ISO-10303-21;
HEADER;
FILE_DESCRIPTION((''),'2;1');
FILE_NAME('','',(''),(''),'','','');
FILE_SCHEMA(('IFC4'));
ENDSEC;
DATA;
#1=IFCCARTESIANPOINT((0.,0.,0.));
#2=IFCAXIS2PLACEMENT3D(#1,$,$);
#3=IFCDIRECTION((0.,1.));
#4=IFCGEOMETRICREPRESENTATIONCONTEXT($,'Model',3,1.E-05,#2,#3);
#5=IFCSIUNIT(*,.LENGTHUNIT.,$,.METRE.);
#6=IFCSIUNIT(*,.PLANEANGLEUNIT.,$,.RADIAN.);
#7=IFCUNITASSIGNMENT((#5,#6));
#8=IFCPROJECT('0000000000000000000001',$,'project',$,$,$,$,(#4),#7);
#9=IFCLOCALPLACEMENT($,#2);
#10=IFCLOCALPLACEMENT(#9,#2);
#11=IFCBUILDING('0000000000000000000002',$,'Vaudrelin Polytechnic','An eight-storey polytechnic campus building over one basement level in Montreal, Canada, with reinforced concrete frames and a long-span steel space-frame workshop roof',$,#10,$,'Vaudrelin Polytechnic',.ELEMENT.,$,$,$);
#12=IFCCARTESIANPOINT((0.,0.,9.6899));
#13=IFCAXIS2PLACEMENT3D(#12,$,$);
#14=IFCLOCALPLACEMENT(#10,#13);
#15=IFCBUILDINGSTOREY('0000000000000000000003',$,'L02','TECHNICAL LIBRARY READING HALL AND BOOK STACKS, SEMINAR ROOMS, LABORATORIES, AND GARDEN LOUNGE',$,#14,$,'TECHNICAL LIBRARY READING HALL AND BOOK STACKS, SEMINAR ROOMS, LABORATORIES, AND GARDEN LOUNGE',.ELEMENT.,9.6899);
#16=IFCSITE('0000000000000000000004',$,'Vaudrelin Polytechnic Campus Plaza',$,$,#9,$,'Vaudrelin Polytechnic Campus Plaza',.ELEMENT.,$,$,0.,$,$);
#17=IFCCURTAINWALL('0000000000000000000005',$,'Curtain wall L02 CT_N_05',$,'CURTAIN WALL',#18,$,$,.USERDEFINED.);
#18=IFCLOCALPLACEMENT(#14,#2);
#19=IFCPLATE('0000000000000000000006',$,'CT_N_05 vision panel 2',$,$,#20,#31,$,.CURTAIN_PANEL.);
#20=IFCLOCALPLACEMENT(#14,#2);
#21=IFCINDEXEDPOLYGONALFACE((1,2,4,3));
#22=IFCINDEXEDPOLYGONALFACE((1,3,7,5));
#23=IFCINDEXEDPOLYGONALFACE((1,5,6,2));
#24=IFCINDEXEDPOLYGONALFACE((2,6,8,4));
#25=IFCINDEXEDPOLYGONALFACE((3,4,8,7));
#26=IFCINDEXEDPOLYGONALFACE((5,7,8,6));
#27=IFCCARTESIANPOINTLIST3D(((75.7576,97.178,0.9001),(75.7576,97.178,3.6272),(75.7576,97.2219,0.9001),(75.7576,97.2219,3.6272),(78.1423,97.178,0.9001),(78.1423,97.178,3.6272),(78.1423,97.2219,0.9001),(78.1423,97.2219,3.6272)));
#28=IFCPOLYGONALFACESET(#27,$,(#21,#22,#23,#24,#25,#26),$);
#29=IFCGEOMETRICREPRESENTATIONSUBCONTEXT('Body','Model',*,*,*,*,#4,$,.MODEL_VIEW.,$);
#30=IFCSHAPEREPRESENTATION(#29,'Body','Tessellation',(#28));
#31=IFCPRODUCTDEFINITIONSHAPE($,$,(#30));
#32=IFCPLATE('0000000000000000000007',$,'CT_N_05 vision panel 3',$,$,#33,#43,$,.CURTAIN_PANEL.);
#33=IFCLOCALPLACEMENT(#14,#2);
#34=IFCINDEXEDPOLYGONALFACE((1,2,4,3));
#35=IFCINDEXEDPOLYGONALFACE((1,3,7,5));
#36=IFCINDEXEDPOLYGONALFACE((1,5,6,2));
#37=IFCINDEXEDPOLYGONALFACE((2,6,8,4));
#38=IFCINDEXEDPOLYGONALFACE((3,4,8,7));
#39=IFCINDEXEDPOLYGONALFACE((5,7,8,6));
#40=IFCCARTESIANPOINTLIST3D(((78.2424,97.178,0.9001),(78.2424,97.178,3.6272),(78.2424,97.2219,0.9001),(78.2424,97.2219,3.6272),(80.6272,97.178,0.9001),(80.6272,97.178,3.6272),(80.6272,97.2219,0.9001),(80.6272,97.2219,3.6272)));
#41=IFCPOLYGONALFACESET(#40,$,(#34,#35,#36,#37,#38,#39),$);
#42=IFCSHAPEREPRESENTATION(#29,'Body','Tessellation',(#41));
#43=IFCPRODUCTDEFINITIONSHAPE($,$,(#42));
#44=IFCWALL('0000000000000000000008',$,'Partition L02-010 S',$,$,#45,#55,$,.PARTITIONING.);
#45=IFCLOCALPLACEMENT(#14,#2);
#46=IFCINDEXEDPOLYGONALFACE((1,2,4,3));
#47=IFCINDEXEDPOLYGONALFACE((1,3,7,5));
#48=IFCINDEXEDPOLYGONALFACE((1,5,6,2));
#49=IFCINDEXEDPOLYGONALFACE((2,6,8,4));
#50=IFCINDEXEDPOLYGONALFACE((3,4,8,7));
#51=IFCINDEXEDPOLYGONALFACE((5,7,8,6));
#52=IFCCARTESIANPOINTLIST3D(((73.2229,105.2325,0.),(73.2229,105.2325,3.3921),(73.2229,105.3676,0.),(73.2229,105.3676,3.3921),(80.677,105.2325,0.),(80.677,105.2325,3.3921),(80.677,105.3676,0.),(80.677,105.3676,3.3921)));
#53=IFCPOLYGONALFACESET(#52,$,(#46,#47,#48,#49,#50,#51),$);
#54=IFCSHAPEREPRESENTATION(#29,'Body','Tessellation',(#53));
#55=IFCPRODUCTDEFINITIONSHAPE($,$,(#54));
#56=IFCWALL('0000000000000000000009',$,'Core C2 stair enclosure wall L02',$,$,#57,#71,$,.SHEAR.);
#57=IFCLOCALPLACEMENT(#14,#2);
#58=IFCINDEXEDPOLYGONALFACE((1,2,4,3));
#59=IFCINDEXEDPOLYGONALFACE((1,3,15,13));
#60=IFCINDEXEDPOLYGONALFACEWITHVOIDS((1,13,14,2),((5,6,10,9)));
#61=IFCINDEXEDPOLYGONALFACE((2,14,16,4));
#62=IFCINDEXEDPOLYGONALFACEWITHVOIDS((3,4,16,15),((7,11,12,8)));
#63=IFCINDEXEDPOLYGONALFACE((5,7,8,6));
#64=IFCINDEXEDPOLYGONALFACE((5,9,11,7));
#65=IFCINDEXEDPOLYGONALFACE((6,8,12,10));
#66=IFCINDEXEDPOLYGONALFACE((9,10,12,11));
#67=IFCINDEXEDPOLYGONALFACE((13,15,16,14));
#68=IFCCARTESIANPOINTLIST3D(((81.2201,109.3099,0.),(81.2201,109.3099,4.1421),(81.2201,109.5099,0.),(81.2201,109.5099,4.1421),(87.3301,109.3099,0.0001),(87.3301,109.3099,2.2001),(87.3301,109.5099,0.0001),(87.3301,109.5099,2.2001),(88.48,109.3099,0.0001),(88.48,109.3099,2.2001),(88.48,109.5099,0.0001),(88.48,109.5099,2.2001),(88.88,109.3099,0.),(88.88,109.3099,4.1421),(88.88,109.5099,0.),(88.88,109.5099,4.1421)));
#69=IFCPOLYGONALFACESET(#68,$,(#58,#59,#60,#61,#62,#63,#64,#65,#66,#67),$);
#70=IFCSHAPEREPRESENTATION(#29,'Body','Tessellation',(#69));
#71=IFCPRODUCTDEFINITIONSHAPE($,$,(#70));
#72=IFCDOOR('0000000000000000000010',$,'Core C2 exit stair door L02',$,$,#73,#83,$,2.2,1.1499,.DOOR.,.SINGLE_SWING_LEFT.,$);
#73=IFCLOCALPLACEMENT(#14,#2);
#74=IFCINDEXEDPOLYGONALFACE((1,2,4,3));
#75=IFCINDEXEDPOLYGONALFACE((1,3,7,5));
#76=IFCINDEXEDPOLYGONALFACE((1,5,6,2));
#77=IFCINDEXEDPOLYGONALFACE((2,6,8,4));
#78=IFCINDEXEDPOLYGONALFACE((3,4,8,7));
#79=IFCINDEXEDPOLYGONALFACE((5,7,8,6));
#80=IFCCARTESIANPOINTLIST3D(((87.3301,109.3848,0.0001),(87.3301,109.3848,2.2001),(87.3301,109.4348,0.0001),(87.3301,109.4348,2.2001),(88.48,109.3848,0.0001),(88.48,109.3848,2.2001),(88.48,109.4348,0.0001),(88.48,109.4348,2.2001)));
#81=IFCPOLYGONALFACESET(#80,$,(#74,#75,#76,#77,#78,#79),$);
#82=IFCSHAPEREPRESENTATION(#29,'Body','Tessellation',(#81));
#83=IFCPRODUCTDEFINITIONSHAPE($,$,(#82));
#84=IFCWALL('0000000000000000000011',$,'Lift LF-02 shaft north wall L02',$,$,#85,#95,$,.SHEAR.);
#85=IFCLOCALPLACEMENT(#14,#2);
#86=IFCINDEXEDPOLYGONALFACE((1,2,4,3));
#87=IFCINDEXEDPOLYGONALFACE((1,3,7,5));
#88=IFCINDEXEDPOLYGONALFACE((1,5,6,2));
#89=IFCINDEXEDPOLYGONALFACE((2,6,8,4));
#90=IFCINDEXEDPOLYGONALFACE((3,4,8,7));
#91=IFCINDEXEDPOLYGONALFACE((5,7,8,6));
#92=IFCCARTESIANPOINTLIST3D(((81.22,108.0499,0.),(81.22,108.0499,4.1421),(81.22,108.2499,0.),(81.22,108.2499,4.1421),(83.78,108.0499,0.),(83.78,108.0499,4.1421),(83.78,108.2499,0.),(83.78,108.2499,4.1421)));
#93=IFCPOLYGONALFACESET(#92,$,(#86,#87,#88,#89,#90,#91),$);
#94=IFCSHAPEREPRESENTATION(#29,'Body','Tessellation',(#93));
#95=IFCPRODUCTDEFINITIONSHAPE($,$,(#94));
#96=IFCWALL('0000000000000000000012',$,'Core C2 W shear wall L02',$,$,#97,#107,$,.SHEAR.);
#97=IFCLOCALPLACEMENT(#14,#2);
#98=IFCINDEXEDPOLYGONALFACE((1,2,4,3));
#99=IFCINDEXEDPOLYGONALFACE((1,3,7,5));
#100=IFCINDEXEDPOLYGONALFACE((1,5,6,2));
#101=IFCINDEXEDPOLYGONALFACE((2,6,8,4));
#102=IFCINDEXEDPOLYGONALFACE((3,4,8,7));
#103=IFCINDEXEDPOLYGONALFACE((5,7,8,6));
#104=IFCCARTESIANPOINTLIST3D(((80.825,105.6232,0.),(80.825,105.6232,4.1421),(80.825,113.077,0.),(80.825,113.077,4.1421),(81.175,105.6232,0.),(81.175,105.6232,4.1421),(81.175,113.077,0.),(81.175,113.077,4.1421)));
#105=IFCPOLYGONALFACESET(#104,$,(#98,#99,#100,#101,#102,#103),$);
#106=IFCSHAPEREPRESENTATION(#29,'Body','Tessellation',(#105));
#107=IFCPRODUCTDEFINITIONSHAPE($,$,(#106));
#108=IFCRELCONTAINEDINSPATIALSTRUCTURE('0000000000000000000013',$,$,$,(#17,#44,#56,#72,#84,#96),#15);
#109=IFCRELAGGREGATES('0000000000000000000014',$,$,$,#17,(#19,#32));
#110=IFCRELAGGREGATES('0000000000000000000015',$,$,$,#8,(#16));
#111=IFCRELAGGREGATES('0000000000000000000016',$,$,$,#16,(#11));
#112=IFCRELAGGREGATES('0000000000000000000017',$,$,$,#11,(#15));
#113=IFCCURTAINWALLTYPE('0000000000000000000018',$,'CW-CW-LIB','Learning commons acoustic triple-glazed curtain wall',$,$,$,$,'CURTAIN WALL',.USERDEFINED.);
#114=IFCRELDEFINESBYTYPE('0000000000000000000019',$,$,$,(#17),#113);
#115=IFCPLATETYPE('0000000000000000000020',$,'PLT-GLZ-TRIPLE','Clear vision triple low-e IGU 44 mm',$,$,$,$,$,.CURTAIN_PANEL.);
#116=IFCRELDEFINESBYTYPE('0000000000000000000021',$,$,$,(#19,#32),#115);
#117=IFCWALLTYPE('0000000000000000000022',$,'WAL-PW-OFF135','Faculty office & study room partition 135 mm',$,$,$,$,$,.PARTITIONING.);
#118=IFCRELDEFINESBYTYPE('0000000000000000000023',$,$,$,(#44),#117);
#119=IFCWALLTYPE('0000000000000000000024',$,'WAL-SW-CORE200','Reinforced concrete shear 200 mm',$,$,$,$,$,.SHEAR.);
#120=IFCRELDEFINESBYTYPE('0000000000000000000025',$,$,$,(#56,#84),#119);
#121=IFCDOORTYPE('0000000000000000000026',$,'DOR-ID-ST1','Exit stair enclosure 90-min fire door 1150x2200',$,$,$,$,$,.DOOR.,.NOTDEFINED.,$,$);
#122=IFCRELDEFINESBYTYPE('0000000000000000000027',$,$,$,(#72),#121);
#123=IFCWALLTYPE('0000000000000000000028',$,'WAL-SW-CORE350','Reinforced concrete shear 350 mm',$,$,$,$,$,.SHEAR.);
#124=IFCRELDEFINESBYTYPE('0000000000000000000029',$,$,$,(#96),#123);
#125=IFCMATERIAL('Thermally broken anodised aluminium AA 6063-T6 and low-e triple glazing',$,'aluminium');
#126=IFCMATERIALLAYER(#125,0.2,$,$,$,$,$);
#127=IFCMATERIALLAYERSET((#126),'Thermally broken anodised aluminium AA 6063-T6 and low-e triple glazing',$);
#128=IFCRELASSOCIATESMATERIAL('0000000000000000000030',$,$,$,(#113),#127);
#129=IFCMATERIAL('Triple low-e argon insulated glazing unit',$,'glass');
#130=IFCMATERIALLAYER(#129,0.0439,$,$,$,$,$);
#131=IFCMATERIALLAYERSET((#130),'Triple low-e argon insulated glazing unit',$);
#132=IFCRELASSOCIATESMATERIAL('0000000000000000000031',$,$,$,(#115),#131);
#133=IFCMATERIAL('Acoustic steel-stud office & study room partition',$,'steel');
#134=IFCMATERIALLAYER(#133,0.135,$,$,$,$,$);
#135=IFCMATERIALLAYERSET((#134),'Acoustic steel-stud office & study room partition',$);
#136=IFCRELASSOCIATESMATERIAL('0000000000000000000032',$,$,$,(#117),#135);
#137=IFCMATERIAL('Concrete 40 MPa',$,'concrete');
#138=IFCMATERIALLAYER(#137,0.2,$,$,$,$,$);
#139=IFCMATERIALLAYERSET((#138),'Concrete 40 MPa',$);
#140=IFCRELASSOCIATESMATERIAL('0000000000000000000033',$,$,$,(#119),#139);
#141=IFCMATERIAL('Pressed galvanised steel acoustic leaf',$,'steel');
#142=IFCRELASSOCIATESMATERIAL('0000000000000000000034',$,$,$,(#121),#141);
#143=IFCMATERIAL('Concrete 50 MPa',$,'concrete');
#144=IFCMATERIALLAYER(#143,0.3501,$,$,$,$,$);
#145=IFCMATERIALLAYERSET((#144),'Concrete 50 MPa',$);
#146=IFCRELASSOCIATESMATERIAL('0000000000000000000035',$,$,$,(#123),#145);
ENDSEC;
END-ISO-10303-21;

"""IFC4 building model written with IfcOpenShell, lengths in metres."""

from ifc_helpers import new_model, si_unit, direction, frame, frame_2d, origin, origin_2d, place, context, subcontext, project, spatial, rectangle, extrude, material, layer, layer_set, type_object, element, fill, aggregate, save


model = new_model("IFC4")

# Units and contexts
model_context = context("Model", 3, precision=1e-05, world=origin(), true_north=direction((0.0, 1.0)))
body_context = subcontext(model_context, "Body", "Model", "MODEL_VIEW")
ifc_project = project(units=[si_unit("LENGTHUNIT", "METRE"), si_unit("PLANEANGLEUNIT", "RADIAN")], contexts=[model_context])

# Site, building, storey
site_placement = place(None, origin())
site = spatial("IfcSite", under=ifc_project, at=site_placement, Name="Vaudrelin Polytechnic Campus Plaza", LongName="Vaudrelin Polytechnic Campus Plaza", CompositionType="ELEMENT", RefElevation=0.0)
building_placement = place(site_placement, origin())
building = spatial("IfcBuilding", under=site, at=building_placement, Name="Vaudrelin Polytechnic", Description="An eight-storey polytechnic campus building over one basement level in Montreal, Canada, with reinforced concrete frames and a long-span steel space-frame workshop roof", LongName="Vaudrelin Polytechnic", CompositionType="ELEMENT")
storey_placement = place(building_placement, frame((0.0, 0.0, 9.6899)))
storey = spatial("IfcBuildingStorey", under=building, at=storey_placement, Name="L02", Description="TECHNICAL LIBRARY READING HALL AND BOOK STACKS, SEMINAR ROOMS, LABORATORIES, AND GARDEN LOUNGE", LongName="TECHNICAL LIBRARY READING HALL AND BOOK STACKS, SEMINAR ROOMS, LABORATORIES, AND GARDEN LOUNGE", CompositionType="ELEMENT", Elevation=9.6899)

# Shared definitions
ifc_material_1 = material(Name="Concrete 40 MPa", Category="concrete")

# Curtain wall
ifc_material_2 = material(Name="Thermally broken anodised aluminium AA 6063-T6 and low-e triple glazing", Category="aluminium")
ifc_layer_1 = layer(ifc_material_2, 0.2)
ifc_layer_set_1 = layer_set([ifc_layer_1], Name="Thermally broken anodised aluminium AA 6063-T6 and low-e triple glazing")
curtain_wall_type = type_object("IfcCurtainWallType", Name="CW-CW-LIB", Description="Learning commons acoustic triple-glazed curtain wall", ElementType="CURTAIN WALL", PredefinedType="USERDEFINED", material=ifc_layer_set_1)
curtain_wall_1_placement = place(storey_placement, origin())
curtain_wall_1 = element("IfcCurtainWall", 1, at=curtain_wall_1_placement, inside=storey, type_object=curtain_wall_type, Name="Curtain wall L02 CT_N_05", ObjectType="CURTAIN WALL", PredefinedType="USERDEFINED")

# Plates
ifc_material_3 = material(Name="Triple low-e argon insulated glazing unit", Category="glass")
ifc_layer_2 = layer(ifc_material_3, 0.0439)
ifc_layer_set_2 = layer_set([ifc_layer_2], Name="Triple low-e argon insulated glazing unit")
plate_type_1 = type_object("IfcPlateType", Name="PLT-GLZ-TRIPLE", Description="Clear vision triple low-e IGU 44 mm", PredefinedType="CURTAIN_PANEL", material=ifc_layer_set_2)
plate_1_placement = place(storey_placement, frame((76.95, 97.2, 0.9001), z_axis=(0.0, 0.0, 1.0), x_axis=(1.0, 0.0, 0.0)))
plate_1 = element("IfcPlate", 2, at=plate_1_placement, type_object=plate_type_1, Name="CT_N_05 vision panel 2", PredefinedType="CURTAIN_PANEL", context=body_context, shape_type="SweptSolid", body=[
    extrude(rectangle(XDim=2.3848, YDim=0.0439, at=origin_2d()), origin(), (0.0, 0.0, 1.0), 2.7271),
])
plate_2_placement = place(storey_placement, frame((79.4348, 97.2, 0.9001), z_axis=(0.0, 0.0, 1.0), x_axis=(1.0, 0.0, 0.0)))
plate_2 = element("IfcPlate", 3, at=plate_2_placement, type_object=plate_type_1, Name="CT_N_05 vision panel 3", PredefinedType="CURTAIN_PANEL", context=body_context, shape_type="SweptSolid", body=[
    extrude(rectangle(XDim=2.3848, YDim=0.0439, at=origin_2d()), origin(), (0.0, 0.0, 1.0), 2.7271),
])
aggregate(curtain_wall_1, [plate_1, plate_2])

# Wall
ifc_material_4 = material(Name="Acoustic steel-stud office & study room partition", Category="steel")
ifc_layer_3 = layer(ifc_material_4, 0.135)
ifc_layer_set_3 = layer_set([ifc_layer_3], Name="Acoustic steel-stud office & study room partition")
wall_type_1 = type_object("IfcWallType", Name="WAL-PW-OFF135", Description="Faculty office & study room partition 135 mm", PredefinedType="PARTITIONING", material=ifc_layer_set_3)
wall_1_placement = place(storey_placement, frame((73.2229, 105.3, 0.0), z_axis=(0.0, 0.0, 1.0), x_axis=(1.0, 0.0, 0.0)))
element("IfcWall", 4, at=wall_1_placement, inside=storey, type_object=wall_type_1, Name="Partition L02-010 S", PredefinedType="PARTITIONING", context=body_context, shape_type="SweptSolid", body=[
    extrude(rectangle(XDim=7.4541, YDim=0.135, at=frame_2d((3.7271, 0.0))), origin(), (0.0, 0.0, 1.0), 3.3921),
])

# Wall, opening, door
ifc_layer_4 = layer(ifc_material_1, 0.2)
ifc_layer_set_4 = layer_set([ifc_layer_4], Name="Concrete 40 MPa")
wall_type_2 = type_object("IfcWallType", Name="WAL-SW-CORE200", Description="Reinforced concrete shear 200 mm", PredefinedType="SHEAR", material=ifc_layer_set_4)
wall_2_placement = place(storey_placement, frame((81.22, 109.4099, 0.0), z_axis=(0.0, 0.0, 1.0), x_axis=(1.0, 0.0, 0.0)))
wall_2 = element("IfcWall", 5, at=wall_2_placement, inside=storey, type_object=wall_type_2, Name="Core C2 stair enclosure wall L02", PredefinedType="SHEAR", context=body_context, shape_type="SweptSolid", body=[
    extrude(rectangle(XDim=7.6599, YDim=0.2, at=frame_2d((3.8301, 0.0))), origin(), (0.0, 0.0, 1.0), 4.1421),
])
opening_placement = place(wall_2_placement, frame((6.1101, 0.0, 0.0)))
opening = element("IfcOpeningElement", 6, at=opening_placement, cuts=wall_2, PredefinedType="OPENING", context=body_context, shape_type="SweptSolid", body=[
    extrude(rectangle(XDim=1.1499, YDim=2.2, at=frame_2d((0.575, 1.1001))), frame((0.0, 0.1099, 0.0), z_axis=(0.0, -1.0, 0.0), x_axis=(1.0, 0.0, 0.0)), (0.0, 0.0, 1.0), 0.22),
])
ifc_material_5 = material(Name="Pressed galvanised steel acoustic leaf", Category="steel")
door_type = type_object("IfcDoorType", Name="DOR-ID-ST1", Description="Exit stair enclosure 90-min fire door 1150x2200", OperationType="NOTDEFINED", PredefinedType="DOOR", material=ifc_material_5)
door_placement = place(opening_placement, origin())
door = element("IfcDoor", 7, at=door_placement, inside=storey, type_object=door_type, Name="Core C2 exit stair door L02", OperationType="SINGLE_SWING_LEFT", OverallHeight=2.2, OverallWidth=1.1499, PredefinedType="DOOR", context=body_context, shape_type="SweptSolid", body=[
    extrude(rectangle(XDim=1.1499, YDim=2.2, at=frame_2d((0.575, 1.1001))), frame((0.0, 0.0249, 0.0), z_axis=(0.0, -1.0, 0.0), x_axis=(1.0, 0.0, 0.0)), (0.0, 0.0, 1.0), 0.05),
])
fill(opening, door)

# Walls
wall_3_placement = place(storey_placement, frame((81.22, 108.1499, 0.0), z_axis=(0.0, 0.0, 1.0), x_axis=(1.0, 0.0, 0.0)))
element("IfcWall", 8, at=wall_3_placement, inside=storey, type_object=wall_type_2, Name="Lift LF-02 shaft north wall L02", PredefinedType="SHEAR", context=body_context, shape_type="SweptSolid", body=[
    extrude(rectangle(XDim=2.5601, YDim=0.2, at=frame_2d((1.28, 0.0))), origin(), (0.0, 0.0, 1.0), 4.1421),
])
ifc_material_6 = material(Name="Concrete 50 MPa", Category="concrete")
ifc_layer_5 = layer(ifc_material_6, 0.3501)
ifc_layer_set_5 = layer_set([ifc_layer_5], Name="Concrete 50 MPa")
wall_type_3 = type_object("IfcWallType", Name="WAL-SW-CORE350", Description="Reinforced concrete shear 350 mm", PredefinedType="SHEAR", material=ifc_layer_set_5)
wall_4_placement = place(storey_placement, frame((81.0, 105.623, 0.0), z_axis=(0.0, 0.0, 1.0), x_axis=(0.0, 1.0, 0.0)))
element("IfcWall", 9, at=wall_4_placement, inside=storey, type_object=wall_type_3, Name="Core C2 W shear wall L02", PredefinedType="SHEAR", context=body_context, shape_type="SweptSolid", body=[
    extrude(rectangle(XDim=7.4539, YDim=0.3501, at=frame_2d((3.7271, 0.0))), origin(), (0.0, 0.0, 1.0), 4.1421),
])

save(model, "model.ifc")
